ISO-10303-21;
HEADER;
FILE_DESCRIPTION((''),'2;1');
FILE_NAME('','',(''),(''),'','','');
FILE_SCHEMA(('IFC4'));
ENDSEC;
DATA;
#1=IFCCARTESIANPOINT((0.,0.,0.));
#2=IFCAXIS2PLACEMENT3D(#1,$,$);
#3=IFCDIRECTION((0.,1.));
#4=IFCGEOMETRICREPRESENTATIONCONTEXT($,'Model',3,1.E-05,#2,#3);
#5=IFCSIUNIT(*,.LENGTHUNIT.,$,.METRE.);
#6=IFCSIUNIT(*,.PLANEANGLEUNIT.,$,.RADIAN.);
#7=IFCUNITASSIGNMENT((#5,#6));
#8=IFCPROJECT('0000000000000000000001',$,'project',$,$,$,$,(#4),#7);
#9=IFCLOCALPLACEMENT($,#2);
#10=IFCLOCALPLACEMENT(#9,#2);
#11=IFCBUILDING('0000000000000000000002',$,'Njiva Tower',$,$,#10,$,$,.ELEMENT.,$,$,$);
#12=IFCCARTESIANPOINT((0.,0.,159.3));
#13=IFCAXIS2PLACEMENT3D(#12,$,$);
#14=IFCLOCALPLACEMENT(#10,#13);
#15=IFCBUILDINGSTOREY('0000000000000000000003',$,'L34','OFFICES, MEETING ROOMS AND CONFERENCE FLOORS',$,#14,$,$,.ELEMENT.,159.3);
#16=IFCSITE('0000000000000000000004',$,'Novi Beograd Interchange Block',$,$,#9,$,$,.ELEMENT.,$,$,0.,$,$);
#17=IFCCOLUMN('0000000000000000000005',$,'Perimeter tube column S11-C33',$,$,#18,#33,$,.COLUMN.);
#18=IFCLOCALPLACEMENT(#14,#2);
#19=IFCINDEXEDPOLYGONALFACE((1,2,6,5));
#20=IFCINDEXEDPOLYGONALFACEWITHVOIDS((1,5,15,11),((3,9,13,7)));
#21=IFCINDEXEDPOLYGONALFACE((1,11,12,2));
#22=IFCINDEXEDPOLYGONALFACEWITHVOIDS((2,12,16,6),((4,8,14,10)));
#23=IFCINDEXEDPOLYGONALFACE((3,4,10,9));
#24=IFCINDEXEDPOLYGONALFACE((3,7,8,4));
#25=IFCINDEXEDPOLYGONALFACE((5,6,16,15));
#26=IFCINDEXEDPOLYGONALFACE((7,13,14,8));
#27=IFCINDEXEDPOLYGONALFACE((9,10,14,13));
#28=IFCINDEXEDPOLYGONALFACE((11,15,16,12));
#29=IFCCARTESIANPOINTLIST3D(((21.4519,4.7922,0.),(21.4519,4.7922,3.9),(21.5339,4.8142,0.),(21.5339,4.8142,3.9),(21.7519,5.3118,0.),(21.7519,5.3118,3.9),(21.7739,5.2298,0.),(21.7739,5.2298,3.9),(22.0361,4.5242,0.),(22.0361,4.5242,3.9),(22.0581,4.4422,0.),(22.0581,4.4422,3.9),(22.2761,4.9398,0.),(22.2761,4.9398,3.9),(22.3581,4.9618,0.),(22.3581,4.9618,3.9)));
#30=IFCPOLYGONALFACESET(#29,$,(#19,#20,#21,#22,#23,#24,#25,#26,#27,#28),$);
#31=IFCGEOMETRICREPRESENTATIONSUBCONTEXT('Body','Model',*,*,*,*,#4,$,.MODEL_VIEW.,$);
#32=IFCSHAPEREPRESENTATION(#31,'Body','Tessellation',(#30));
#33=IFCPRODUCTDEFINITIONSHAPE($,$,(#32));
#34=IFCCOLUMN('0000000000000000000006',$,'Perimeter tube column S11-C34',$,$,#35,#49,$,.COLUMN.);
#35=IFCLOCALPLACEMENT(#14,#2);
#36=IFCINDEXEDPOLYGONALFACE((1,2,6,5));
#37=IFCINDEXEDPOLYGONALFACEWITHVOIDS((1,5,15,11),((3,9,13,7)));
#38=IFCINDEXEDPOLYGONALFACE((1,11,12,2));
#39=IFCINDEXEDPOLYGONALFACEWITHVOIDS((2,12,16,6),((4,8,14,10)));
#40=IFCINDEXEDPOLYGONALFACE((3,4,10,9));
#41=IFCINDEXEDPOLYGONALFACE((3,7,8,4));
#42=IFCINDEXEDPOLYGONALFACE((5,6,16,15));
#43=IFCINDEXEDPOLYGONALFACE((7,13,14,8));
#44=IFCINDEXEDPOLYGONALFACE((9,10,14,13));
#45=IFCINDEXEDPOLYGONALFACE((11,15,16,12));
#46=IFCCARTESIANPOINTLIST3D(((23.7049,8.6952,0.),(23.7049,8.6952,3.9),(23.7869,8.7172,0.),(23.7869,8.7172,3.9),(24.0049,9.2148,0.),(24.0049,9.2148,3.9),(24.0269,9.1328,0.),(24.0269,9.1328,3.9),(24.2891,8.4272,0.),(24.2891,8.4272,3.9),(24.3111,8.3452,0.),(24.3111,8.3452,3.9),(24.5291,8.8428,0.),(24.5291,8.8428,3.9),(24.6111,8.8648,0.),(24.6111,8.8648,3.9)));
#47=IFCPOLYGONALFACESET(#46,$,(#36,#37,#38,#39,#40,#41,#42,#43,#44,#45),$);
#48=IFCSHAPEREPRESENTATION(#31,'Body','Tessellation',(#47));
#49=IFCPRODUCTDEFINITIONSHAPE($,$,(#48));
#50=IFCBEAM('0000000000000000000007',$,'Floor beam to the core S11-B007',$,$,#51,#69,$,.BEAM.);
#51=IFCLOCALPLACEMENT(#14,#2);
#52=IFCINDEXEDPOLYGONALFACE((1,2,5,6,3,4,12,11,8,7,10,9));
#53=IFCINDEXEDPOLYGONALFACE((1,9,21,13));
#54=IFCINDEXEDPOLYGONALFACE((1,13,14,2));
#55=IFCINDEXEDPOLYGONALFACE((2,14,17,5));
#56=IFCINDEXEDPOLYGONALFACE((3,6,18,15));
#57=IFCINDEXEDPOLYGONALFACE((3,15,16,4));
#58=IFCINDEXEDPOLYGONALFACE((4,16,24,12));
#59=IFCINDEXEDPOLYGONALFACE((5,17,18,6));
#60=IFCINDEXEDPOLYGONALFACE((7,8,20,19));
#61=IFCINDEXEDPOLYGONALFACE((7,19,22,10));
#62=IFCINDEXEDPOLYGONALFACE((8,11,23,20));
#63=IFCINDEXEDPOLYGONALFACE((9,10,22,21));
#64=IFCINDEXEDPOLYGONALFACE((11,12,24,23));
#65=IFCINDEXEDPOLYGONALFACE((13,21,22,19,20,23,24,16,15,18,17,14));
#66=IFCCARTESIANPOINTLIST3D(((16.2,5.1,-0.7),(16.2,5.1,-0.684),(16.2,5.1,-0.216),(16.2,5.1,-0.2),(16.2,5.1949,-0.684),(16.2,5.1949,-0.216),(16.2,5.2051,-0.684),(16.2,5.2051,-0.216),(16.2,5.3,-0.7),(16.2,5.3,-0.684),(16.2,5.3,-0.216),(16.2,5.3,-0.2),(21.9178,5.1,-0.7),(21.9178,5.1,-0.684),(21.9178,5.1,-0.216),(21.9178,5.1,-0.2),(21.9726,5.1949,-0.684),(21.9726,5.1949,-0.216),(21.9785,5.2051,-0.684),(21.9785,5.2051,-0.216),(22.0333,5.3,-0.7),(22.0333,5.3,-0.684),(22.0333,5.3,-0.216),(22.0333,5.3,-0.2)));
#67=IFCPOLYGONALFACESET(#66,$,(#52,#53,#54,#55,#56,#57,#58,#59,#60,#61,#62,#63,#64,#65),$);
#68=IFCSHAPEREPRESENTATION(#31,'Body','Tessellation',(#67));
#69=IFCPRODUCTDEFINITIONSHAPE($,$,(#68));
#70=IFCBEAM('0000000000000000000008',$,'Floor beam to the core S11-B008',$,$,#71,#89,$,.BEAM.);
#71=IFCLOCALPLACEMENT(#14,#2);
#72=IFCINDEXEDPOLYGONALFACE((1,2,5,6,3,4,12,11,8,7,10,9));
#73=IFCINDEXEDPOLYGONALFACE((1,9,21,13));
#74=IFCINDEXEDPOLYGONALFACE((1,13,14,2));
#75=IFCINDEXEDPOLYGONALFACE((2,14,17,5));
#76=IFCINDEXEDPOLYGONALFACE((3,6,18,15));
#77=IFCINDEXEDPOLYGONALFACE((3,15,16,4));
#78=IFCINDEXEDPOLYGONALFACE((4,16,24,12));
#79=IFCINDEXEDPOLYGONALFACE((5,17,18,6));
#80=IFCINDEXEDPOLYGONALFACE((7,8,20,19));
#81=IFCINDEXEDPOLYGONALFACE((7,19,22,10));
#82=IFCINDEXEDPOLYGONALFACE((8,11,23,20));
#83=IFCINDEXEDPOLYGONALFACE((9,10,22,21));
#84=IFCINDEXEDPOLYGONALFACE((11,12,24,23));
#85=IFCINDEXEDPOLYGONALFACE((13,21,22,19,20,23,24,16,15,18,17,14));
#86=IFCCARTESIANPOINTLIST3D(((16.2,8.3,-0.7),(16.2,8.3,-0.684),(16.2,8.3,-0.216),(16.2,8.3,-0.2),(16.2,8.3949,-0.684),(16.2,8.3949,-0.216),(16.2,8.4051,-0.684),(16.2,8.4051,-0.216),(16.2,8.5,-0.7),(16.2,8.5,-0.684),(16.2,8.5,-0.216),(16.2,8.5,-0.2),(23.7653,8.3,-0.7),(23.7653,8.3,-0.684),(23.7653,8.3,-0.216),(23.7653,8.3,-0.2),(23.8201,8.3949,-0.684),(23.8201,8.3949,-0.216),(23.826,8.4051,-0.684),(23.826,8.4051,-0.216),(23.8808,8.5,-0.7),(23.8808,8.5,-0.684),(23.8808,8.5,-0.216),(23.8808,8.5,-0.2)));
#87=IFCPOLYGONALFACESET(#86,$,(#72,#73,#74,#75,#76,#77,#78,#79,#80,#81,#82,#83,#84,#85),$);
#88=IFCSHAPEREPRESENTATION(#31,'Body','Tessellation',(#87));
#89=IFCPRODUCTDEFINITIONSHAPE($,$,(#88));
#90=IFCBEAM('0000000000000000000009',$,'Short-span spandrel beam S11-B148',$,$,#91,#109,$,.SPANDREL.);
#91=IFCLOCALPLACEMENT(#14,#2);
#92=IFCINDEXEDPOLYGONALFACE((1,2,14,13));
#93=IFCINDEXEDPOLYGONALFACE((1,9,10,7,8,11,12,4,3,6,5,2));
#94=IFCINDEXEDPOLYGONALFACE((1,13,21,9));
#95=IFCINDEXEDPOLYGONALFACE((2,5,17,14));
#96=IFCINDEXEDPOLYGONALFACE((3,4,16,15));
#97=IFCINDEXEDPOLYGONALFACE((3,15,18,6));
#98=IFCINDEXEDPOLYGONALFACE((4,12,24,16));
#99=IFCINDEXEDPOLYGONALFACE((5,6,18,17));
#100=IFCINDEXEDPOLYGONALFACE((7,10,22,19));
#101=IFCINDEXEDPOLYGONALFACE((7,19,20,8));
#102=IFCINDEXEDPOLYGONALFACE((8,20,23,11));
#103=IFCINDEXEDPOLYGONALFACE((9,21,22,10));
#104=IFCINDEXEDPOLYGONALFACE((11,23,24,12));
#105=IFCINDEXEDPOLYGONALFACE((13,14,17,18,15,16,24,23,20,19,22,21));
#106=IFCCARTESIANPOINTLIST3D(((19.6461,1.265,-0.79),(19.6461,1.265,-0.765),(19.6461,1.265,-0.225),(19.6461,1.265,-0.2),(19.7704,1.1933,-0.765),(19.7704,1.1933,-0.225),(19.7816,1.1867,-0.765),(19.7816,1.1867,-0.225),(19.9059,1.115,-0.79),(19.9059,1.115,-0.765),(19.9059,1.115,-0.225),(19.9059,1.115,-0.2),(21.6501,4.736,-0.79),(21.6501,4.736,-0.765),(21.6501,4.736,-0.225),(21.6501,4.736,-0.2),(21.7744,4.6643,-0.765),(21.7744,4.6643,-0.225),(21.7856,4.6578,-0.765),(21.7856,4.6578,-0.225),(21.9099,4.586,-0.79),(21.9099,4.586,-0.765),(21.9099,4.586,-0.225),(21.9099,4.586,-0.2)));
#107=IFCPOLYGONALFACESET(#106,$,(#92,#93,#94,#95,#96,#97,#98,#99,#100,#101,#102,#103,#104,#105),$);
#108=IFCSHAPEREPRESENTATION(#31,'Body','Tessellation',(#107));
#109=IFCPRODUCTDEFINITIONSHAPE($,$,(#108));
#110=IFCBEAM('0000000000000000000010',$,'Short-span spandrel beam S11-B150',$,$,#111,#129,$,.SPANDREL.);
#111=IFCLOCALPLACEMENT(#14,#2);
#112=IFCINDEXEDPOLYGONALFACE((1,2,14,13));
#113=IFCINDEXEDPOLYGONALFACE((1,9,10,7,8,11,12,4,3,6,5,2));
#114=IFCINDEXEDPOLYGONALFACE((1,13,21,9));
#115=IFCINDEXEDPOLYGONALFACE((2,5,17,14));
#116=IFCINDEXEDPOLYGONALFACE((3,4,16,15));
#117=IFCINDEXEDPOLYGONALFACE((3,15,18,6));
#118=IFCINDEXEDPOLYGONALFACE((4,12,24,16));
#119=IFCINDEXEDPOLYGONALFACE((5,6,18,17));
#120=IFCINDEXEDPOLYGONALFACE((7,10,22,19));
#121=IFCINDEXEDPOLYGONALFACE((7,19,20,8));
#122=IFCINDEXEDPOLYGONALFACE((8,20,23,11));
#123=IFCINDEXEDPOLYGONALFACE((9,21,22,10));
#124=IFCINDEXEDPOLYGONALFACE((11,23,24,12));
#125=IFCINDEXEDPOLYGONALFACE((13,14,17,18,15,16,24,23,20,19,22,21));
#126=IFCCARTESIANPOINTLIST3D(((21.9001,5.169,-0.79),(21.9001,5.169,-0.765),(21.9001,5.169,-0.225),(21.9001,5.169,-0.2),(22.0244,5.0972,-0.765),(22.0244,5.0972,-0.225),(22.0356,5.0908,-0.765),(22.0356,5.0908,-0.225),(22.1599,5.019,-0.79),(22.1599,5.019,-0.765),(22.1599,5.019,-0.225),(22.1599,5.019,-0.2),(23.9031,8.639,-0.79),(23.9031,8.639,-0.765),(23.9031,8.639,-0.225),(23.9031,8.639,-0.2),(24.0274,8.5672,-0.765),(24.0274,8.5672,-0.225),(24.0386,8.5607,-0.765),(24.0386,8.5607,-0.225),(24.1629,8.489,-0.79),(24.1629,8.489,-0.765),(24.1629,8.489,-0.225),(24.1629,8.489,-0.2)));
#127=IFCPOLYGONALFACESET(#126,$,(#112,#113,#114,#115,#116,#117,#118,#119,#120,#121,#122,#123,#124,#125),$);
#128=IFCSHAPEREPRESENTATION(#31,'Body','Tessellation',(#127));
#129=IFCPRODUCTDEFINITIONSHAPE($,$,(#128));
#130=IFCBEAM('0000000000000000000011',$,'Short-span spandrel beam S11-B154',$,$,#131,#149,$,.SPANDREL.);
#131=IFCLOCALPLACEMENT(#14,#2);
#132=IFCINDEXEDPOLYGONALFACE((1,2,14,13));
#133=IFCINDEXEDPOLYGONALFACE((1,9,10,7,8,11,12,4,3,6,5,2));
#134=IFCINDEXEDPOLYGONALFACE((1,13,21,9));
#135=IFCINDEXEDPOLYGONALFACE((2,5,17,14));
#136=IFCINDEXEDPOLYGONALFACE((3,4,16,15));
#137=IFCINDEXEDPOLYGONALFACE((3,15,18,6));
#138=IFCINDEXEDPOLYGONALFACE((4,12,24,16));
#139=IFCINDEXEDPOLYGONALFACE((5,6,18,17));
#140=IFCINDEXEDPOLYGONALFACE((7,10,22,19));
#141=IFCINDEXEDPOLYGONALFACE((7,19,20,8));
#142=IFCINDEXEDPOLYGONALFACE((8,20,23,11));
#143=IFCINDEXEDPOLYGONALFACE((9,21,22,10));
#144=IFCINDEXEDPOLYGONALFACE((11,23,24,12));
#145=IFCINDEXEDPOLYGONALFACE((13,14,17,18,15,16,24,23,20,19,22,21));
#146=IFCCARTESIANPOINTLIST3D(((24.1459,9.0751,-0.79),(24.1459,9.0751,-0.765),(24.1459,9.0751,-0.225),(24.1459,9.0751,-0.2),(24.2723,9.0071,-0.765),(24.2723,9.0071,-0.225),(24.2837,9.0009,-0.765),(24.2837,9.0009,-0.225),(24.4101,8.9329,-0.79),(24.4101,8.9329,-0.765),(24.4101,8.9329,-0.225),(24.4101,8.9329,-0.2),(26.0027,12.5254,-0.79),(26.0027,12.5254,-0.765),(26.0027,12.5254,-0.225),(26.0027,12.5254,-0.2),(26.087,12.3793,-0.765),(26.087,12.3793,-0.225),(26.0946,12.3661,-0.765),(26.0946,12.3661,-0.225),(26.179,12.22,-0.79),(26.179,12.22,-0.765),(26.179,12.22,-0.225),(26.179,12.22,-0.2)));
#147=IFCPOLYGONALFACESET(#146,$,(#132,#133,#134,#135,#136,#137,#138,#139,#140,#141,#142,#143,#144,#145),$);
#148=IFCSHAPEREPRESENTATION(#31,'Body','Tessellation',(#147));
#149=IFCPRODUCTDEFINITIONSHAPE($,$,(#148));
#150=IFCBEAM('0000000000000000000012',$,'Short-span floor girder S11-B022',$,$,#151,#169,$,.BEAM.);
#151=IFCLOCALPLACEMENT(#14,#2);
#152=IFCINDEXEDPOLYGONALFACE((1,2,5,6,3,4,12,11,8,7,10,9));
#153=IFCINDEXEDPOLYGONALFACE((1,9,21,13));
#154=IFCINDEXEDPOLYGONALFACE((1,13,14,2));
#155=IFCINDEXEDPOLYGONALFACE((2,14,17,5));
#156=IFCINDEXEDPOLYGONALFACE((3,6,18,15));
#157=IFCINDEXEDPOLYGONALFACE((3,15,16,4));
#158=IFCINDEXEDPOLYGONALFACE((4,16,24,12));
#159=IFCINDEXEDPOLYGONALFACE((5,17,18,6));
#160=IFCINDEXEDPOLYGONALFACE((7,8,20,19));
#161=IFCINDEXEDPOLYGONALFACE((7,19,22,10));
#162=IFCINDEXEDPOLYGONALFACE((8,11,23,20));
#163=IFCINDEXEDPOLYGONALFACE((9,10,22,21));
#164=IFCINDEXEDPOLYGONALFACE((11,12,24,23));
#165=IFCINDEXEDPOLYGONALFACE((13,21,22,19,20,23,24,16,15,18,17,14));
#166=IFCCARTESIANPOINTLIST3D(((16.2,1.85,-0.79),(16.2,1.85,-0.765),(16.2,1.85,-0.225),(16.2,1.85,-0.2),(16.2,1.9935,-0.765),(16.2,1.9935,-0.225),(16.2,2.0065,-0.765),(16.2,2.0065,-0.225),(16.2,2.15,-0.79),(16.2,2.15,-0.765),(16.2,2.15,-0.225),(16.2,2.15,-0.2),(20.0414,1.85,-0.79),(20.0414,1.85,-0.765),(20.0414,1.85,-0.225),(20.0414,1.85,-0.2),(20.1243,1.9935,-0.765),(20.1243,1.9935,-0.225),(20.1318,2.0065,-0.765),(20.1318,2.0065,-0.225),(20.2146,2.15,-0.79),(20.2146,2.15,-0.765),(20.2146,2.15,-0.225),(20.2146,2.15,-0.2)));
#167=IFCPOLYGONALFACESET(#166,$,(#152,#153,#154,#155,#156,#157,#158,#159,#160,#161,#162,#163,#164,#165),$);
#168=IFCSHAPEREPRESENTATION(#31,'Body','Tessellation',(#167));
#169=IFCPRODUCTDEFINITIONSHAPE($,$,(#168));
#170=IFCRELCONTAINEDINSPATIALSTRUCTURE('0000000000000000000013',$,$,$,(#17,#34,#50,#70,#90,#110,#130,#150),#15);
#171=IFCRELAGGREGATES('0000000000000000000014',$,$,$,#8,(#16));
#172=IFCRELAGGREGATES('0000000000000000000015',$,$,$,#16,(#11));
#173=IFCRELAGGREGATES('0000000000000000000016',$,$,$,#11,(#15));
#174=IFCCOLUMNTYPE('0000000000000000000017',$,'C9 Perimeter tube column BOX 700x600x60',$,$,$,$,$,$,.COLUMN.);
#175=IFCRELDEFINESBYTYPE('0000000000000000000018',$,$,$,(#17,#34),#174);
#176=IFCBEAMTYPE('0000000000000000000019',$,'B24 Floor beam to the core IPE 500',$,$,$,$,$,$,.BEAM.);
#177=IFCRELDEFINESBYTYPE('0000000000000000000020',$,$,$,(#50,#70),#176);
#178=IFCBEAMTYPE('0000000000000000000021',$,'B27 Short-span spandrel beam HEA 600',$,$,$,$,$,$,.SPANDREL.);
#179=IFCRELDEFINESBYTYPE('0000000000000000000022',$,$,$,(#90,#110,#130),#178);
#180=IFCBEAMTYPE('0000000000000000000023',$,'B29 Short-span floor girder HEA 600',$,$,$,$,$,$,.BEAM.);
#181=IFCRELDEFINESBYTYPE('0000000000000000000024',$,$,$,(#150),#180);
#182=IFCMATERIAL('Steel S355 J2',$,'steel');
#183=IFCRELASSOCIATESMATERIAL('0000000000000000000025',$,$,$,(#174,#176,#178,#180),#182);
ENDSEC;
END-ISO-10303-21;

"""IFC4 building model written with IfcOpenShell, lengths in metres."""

from ifc_helpers import new_model, si_unit, direction, frame, origin, origin_2d, place, context, subcontext, project, spatial, hollow_rectangle, i_section, extrude, clip, halfspace, material, material_profile, profile_set, type_object, element, save


model = new_model("IFC4")

# Units and contexts
model_context = context("Model", 3, precision=1e-05, world=origin(), true_north=direction((0.0, 1.0)))
body_context = subcontext(model_context, "Body", "Model", "MODEL_VIEW")
ifc_project = project(units=[si_unit("LENGTHUNIT", "METRE"), si_unit("PLANEANGLEUNIT", "RADIAN")], contexts=[model_context])

# Site, building, storey
site_placement = place(None, origin())
site = spatial("IfcSite", under=ifc_project, at=site_placement, Name="Novi Beograd Interchange Block", CompositionType="ELEMENT", RefElevation=0.0)
building_placement = place(site_placement, origin())
building = spatial("IfcBuilding", under=site, at=building_placement, Name="Njiva Tower", CompositionType="ELEMENT")
storey_placement = place(building_placement, frame((0.0, 0.0, 159.3)))
storey = spatial("IfcBuildingStorey", under=building, at=storey_placement, Name="L34", Description="OFFICES, MEETING ROOMS AND CONFERENCE FLOORS", CompositionType="ELEMENT", Elevation=159.3)

# Columns
ifc_material_1 = material(Name="Steel S355 J2", Category="steel")
ifc_material_profile_1 = material_profile(ifc_material_1, hollow_rectangle(XDim=0.6, YDim=0.7, WallThickness=0.06, at=origin_2d()), Name="BOX 700x600x60")
ifc_profile_set_1 = profile_set([ifc_material_profile_1], Name="Steel S355 J2")
column_type = type_object("IfcColumnType", Name="C9 Perimeter tube column BOX 700x600x60", PredefinedType="COLUMN", material=ifc_profile_set_1)
for number, where, z_axis, x_axis, name in (
    (1, (21.905, 4.877, 0.0), (0.0, 0.0, 1.0), (0.5, 0.866025, 0.0), "Perimeter tube column S11-C33"),
    (2, (24.158, 8.78, 0.0), (0.0, 0.0, 1.0), (0.5, 0.866025, 0.0), "Perimeter tube column S11-C34"),
):
    element("IfcColumn", number, at=place(storey_placement, frame(where, z_axis=z_axis, x_axis=x_axis)), inside=storey, type_object=column_type, Name=name, PredefinedType="COLUMN", context=body_context, shape_type="SweptSolid", body=[
        extrude(hollow_rectangle(XDim=0.6, YDim=0.7, WallThickness=0.06, at=origin_2d()), origin(), (0.0, 0.0, 1.0), 3.9),
    ])

# Beams
ifc_material_profile_2 = material_profile(ifc_material_1, i_section(OverallWidth=0.2, OverallDepth=0.5, WebThickness=0.0102, FlangeThickness=0.016, at=origin_2d()), Name="IPE 500")
ifc_profile_set_2 = profile_set([ifc_material_profile_2], Name="Steel S355 J2")
beam_type_1 = type_object("IfcBeamType", Name="B24 Floor beam to the core IPE 500", PredefinedType="BEAM", material=ifc_profile_set_2)
beam_1_placement = place(storey_placement, frame((16.2, 5.2, -0.45), z_axis=(1.0, 0.0, 0.0), x_axis=(0.0, 1.0, 0.0)))
element("IfcBeam", 3, at=beam_1_placement, inside=storey, type_object=beam_type_1, Name="Floor beam to the core S11-B007", PredefinedType="BEAM", context=body_context, shape_type="Clipping", body=[
    clip(extrude(i_section(OverallWidth=0.2, OverallDepth=0.5, WebThickness=0.0102, FlangeThickness=0.016, at=origin_2d()), origin(), (0.0, 0.0, 1.0), 5.854), halfspace(frame((-0.025, 0.0, 5.7611), z_axis=(-0.499998, 0.0, 0.866027), x_axis=(0.0, 1.0, 0.0)), False)),
])
beam_2_placement = place(storey_placement, frame((16.2, 8.4, -0.45), z_axis=(1.0, 0.0, 0.0), x_axis=(0.0, 1.0, 0.0)))
element("IfcBeam", 4, at=beam_2_placement, inside=storey, type_object=beam_type_1, Name="Floor beam to the core S11-B008", PredefinedType="BEAM", context=body_context, shape_type="Clipping", body=[
    clip(extrude(i_section(OverallWidth=0.2, OverallDepth=0.5, WebThickness=0.0102, FlangeThickness=0.016, at=origin_2d()), origin(), (0.0, 0.0, 1.0), 7.701), halfspace(frame((-0.025, 0.0, 7.6086), z_axis=(-0.499998, 0.0, 0.866027), x_axis=(0.0, 1.0, 0.0)), False)),
])
ifc_material_profile_3 = material_profile(ifc_material_1, i_section(OverallWidth=0.3, OverallDepth=0.59, WebThickness=0.013, FlangeThickness=0.025, at=origin_2d()), Name="HEA 600")
ifc_profile_set_3 = profile_set([ifc_material_profile_3], Name="Steel S355 J2")
beam_type_2 = type_object("IfcBeamType", Name="B27 Short-span spandrel beam HEA 600", PredefinedType="SPANDREL", material=ifc_profile_set_3)
beam_3_placement = place(storey_placement, frame((19.776, 1.19, -0.495), z_axis=(0.500003, 0.866024, 0.0), x_axis=(-0.866024, 0.500003, 0.0)))
element("IfcBeam", 5, at=beam_3_placement, inside=storey, type_object=beam_type_2, Name="Short-span spandrel beam S11-B148", PredefinedType="SPANDREL", context=body_context, shape_type="SweptSolid", body=[
    extrude(i_section(OverallWidth=0.3, OverallDepth=0.59, WebThickness=0.013, FlangeThickness=0.025, at=origin_2d()), origin(), (0.0, 0.0, 1.0), 4.008),
])
beam_4_placement = place(storey_placement, frame((22.03, 5.094, -0.495), z_axis=(0.499924, 0.866069, 0.0), x_axis=(-0.866069, 0.499924, 0.0)))
element("IfcBeam", 6, at=beam_4_placement, inside=storey, type_object=beam_type_2, Name="Short-span spandrel beam S11-B150", PredefinedType="SPANDREL", context=body_context, shape_type="SweptSolid", body=[
    extrude(i_section(OverallWidth=0.3, OverallDepth=0.59, WebThickness=0.013, FlangeThickness=0.025, at=origin_2d()), origin(), (0.0, 0.0, 1.0), 4.0066),
])
beam_5_placement = place(storey_placement, frame((24.278, 9.004, -0.495), z_axis=(0.473882, 0.880589, 0.0), x_axis=(-0.880589, 0.473882, 0.0)))
element("IfcBeam", 7, at=beam_5_placement, inside=storey, type_object=beam_type_2, Name="Short-span spandrel beam S11-B154", PredefinedType="SPANDREL", context=body_context, shape_type="Clipping", body=[
    clip(extrude(i_section(OverallWidth=0.3, OverallDepth=0.59, WebThickness=0.013, FlangeThickness=0.025, at=origin_2d()), origin(), (0.0, 0.0, 1.0), 3.9389), halfspace(frame((-0.0262, 0.0, 3.8093), z_axis=(-0.525673, 0.0, 0.850687), x_axis=(0.0, 1.0, 0.0)), False)),
])
ifc_material_profile_4 = material_profile(ifc_material_1, i_section(OverallWidth=0.3, OverallDepth=0.59, WebThickness=0.013, FlangeThickness=0.025, at=origin_2d()), Name="HEA 600")
ifc_profile_set_4 = profile_set([ifc_material_profile_4], Name="Steel S355 J2")
beam_type_3 = type_object("IfcBeamType", Name="B29 Short-span floor girder HEA 600", PredefinedType="BEAM", material=ifc_profile_set_4)
beam_6_placement = place(storey_placement, frame((16.2, 2.0, -0.495), z_axis=(1.0, 0.0, 0.0), x_axis=(0.0, 1.0, 0.0)))
element("IfcBeam", 8, at=beam_6_placement, inside=storey, type_object=beam_type_3, Name="Short-span floor girder S11-B022", PredefinedType="BEAM", context=body_context, shape_type="Clipping", body=[
    clip(extrude(i_section(OverallWidth=0.3, OverallDepth=0.59, WebThickness=0.013, FlangeThickness=0.025, at=origin_2d()), origin(), (0.0, 0.0, 1.0), 4.035), halfspace(frame((-0.025, 0.0, 3.9136), z_axis=(-0.499998, 0.0, 0.866027), x_axis=(0.0, 1.0, 0.0)), False)),
])

save(model, "model.ifc")
